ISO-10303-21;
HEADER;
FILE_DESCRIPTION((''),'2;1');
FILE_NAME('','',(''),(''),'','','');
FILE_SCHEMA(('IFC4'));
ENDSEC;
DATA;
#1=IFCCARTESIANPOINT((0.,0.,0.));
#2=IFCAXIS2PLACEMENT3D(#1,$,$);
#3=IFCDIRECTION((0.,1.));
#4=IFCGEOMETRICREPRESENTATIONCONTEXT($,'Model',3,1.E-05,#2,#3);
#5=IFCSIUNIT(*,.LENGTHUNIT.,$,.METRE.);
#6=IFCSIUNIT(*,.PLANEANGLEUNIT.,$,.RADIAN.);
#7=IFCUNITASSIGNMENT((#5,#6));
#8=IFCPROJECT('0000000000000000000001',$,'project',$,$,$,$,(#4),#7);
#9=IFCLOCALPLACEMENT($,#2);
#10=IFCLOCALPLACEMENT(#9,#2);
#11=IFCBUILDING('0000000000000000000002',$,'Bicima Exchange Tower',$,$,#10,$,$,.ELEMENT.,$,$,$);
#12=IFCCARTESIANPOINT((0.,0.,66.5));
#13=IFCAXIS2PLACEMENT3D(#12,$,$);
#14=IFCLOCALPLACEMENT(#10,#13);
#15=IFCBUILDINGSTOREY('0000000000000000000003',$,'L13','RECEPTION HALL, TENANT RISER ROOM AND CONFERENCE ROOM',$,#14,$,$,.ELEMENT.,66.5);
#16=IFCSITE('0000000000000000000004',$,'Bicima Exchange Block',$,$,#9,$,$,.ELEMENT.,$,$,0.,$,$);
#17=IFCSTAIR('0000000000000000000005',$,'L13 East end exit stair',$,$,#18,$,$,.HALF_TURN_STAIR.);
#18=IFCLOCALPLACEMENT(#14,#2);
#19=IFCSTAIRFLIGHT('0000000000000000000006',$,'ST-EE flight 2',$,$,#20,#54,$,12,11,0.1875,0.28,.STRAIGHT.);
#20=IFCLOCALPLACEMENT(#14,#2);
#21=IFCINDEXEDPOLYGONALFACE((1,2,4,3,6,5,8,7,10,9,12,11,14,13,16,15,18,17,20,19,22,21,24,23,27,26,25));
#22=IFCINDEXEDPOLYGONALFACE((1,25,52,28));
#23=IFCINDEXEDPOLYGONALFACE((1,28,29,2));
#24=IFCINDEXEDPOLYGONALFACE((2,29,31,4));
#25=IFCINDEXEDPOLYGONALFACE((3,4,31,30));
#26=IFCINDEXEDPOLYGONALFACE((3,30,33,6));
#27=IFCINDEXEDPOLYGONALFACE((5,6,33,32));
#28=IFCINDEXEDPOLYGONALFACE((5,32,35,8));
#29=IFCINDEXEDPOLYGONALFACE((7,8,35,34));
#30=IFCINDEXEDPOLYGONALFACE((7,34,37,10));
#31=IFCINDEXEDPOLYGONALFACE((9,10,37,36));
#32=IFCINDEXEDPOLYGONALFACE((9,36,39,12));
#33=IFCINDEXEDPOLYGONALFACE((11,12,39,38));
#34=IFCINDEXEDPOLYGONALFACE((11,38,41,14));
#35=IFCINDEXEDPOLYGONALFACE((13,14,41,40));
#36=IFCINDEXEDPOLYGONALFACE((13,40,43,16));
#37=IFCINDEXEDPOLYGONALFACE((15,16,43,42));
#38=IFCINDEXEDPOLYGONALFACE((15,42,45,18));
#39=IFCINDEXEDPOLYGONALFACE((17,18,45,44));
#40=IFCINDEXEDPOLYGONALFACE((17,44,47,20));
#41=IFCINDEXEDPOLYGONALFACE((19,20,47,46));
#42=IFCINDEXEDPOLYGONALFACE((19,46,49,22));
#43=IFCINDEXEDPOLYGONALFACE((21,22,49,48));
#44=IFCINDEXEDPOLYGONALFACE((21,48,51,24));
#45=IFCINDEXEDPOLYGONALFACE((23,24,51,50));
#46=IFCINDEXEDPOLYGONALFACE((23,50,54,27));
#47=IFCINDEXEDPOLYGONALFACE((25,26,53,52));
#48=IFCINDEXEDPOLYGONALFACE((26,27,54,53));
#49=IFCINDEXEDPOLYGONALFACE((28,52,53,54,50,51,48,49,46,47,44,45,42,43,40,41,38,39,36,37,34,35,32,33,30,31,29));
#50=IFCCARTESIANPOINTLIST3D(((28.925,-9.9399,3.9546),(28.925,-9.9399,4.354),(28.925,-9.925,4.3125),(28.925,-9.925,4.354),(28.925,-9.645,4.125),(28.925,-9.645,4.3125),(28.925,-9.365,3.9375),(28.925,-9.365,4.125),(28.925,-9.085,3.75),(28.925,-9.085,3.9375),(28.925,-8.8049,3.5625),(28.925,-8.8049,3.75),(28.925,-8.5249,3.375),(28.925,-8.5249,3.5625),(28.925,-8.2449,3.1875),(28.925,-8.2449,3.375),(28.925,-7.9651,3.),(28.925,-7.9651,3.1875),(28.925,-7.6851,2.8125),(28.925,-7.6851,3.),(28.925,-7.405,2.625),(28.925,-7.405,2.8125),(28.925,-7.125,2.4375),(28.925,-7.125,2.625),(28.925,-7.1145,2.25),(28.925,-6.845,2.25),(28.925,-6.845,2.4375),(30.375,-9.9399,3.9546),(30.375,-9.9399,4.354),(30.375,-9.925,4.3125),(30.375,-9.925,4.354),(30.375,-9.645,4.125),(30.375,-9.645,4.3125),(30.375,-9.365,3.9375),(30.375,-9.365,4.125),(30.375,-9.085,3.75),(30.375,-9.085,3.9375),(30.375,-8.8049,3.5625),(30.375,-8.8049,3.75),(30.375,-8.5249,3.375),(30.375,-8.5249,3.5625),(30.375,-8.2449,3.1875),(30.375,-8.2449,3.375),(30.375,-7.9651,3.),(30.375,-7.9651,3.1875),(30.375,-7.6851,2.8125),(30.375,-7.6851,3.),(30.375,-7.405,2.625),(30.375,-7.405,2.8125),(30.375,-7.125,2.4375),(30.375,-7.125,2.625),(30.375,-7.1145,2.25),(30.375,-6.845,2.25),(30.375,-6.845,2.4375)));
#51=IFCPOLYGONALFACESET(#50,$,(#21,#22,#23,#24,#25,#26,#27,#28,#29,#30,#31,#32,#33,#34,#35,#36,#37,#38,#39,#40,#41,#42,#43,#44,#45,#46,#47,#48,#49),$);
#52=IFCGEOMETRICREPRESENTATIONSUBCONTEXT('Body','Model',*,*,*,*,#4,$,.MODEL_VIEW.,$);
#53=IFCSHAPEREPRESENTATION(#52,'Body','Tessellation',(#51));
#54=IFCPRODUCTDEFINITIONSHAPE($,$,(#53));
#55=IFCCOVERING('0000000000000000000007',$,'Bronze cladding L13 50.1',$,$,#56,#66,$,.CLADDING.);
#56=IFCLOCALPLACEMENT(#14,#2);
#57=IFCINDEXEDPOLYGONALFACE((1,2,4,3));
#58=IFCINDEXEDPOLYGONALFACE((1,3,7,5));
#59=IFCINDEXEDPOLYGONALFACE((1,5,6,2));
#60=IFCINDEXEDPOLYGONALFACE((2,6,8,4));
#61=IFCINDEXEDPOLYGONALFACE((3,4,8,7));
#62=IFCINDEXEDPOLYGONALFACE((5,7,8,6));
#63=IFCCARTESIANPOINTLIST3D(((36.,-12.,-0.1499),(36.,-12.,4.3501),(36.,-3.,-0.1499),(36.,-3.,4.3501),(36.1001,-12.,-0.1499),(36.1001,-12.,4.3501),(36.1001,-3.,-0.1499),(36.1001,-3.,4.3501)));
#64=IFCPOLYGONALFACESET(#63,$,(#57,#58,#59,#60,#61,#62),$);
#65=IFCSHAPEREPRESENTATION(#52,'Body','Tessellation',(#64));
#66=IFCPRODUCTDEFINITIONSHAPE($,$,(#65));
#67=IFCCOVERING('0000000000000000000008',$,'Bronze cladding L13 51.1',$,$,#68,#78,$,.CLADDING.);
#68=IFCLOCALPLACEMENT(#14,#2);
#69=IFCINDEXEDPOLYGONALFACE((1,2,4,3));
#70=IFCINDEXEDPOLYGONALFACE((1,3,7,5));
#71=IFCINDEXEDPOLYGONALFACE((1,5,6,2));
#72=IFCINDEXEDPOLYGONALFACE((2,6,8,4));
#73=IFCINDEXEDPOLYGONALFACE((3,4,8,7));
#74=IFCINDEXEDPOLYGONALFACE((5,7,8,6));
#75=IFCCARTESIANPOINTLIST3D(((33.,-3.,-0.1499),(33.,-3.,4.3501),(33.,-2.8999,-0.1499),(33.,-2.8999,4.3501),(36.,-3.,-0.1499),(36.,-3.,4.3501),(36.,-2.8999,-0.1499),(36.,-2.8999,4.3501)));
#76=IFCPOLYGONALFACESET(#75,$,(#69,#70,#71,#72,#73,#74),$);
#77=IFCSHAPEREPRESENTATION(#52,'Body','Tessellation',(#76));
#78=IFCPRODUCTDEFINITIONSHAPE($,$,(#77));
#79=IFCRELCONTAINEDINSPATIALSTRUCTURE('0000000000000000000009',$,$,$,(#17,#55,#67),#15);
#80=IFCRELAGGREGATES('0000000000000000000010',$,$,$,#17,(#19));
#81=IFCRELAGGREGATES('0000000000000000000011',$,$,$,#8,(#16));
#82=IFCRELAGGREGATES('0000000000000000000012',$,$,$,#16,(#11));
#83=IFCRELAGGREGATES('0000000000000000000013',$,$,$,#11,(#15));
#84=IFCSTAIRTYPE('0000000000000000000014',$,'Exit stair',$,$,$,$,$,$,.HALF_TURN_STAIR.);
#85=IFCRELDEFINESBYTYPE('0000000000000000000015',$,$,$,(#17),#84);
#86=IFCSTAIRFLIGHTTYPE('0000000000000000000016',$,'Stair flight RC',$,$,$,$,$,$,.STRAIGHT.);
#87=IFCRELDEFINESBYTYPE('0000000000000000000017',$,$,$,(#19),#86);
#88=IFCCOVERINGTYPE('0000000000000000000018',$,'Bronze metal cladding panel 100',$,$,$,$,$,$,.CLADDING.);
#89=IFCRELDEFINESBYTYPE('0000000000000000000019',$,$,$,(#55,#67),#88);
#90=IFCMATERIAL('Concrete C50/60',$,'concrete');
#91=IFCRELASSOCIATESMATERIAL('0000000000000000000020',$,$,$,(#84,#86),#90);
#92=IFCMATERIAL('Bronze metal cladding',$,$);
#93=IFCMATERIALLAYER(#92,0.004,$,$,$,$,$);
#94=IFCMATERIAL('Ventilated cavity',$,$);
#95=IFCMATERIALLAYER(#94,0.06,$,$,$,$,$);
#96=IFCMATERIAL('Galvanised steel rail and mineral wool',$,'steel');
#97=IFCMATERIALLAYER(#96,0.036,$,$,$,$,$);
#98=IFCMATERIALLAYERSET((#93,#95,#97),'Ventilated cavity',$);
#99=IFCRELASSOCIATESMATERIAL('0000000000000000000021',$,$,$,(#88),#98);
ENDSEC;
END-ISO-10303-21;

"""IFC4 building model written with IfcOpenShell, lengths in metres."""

from ifc_helpers import new_model, si_unit, direction, frame, origin, origin_2d, place, context, subcontext, project, spatial, polyline, rectangle, outline, extrude, material, layer, layer_set, type_object, element, aggregate, save


model = new_model("IFC4")

# Units and contexts
model_context = context("Model", 3, precision=1e-05, world=origin(), true_north=direction((0.0, 1.0)))
body_context = subcontext(model_context, "Body", "Model", "MODEL_VIEW")
ifc_project = project(units=[si_unit("LENGTHUNIT", "METRE"), si_unit("PLANEANGLEUNIT", "RADIAN")], contexts=[model_context])

# Site, building, storey
site_placement = place(None, origin())
site = spatial("IfcSite", under=ifc_project, at=site_placement, Name="Bicima Exchange Block", CompositionType="ELEMENT", RefElevation=0.0)
building_placement = place(site_placement, origin())
building = spatial("IfcBuilding", under=site, at=building_placement, Name="Bicima Exchange Tower", CompositionType="ELEMENT")
storey_placement = place(building_placement, frame((0.0, 0.0, 66.5)))
storey = spatial("IfcBuildingStorey", under=building, at=storey_placement, Name="L13", Description="RECEPTION HALL, TENANT RISER ROOM AND CONFERENCE ROOM", CompositionType="ELEMENT", Elevation=66.5)

# Shared definitions
ifc_material_1 = material(Name="Concrete C50/60", Category="concrete")

# Stair, stair flight
stair_type = type_object("IfcStairType", Name="Exit stair", PredefinedType="HALF_TURN_STAIR", material=ifc_material_1)
stair_placement = place(storey_placement, origin())
stair = element("IfcStair", 1, at=stair_placement, inside=storey, type_object=stair_type, Name="L13 East end exit stair", PredefinedType="HALF_TURN_STAIR")
stair_flight_type = type_object("IfcStairFlightType", Name="Stair flight RC", PredefinedType="STRAIGHT", material=ifc_material_1)
stair_flight_1_placement = place(storey_placement, frame((29.6499, -6.845, 2.25), z_axis=(0.0, 0.0, 1.0), x_axis=(0.0, -1.0, 0.0)))
stair_flight_1 = element("IfcStairFlight", 2, at=stair_flight_1_placement, type_object=stair_flight_type, Name="ST-EE flight 2", NumberOfRisers=12, NumberOfTreads=11, PredefinedType="STRAIGHT", RiserHeight=0.1875, TreadLength=0.28, context=body_context, shape_type="SweptSolid", body=[
    extrude(outline(polyline([(0.0, 0.0), (0.0, 0.1875), (0.28, 0.1875), (0.28, 0.375), (0.5601, 0.375), (0.5601, 0.5625), (0.8401, 0.5625), (0.8401, 0.75), (1.1201, 0.75), (1.1201, 0.9375), (1.3999, 0.9375), (1.3999, 1.125), (1.6799, 1.125), (1.6799, 1.3125), (1.96, 1.3125), (1.96, 1.5), (2.24, 1.5), (2.24, 1.6875), (2.52, 1.6875), (2.52, 1.875), (2.8, 1.875), (2.8, 2.0625), (3.0801, 2.0625), (3.0801, 2.104), (3.095, 2.104), (3.095, 1.7046), (0.2695, 0.0), (0.0, 0.0)])), frame((0.0, 0.7251, 0.0), z_axis=(0.0, -1.0, 0.0), x_axis=(1.0, 0.0, 0.0)), (0.0, 0.0, 1.0), 1.45),
])
aggregate(stair, [stair_flight_1])

# Coverings
ifc_material_2 = material(Name="Bronze metal cladding")
ifc_layer_1 = layer(ifc_material_2, 0.004)
ifc_material_3 = material(Name="Ventilated cavity")
ifc_layer_2 = layer(ifc_material_3, 0.06)
ifc_material_4 = material(Name="Galvanised steel rail and mineral wool", Category="steel")
ifc_layer_3 = layer(ifc_material_4, 0.036)
ifc_layer_set_1 = layer_set([ifc_layer_1, ifc_layer_2, ifc_layer_3], Name="Ventilated cavity")
covering_type = type_object("IfcCoveringType", Name="Bronze metal cladding panel 100", PredefinedType="CLADDING", material=ifc_layer_set_1)
covering_1_placement = place(storey_placement, frame((36.05, -7.5, -0.1499), z_axis=(0.0, 0.0, 1.0), x_axis=(0.0, 1.0, 0.0)))
element("IfcCovering", 3, at=covering_1_placement, inside=storey, type_object=covering_type, Name="Bronze cladding L13 50.1", PredefinedType="CLADDING", context=body_context, shape_type="SweptSolid", body=[
    extrude(rectangle(XDim=9.0, YDim=0.1001, at=origin_2d()), origin(), (0.0, 0.0, 1.0), 4.5),
])
covering_2_placement = place(storey_placement, frame((34.5, -2.95, -0.1499), z_axis=(0.0, 0.0, 1.0), x_axis=(-1.0, 0.0, 0.0)))
element("IfcCovering", 4, at=covering_2_placement, inside=storey, type_object=covering_type, Name="Bronze cladding L13 51.1", PredefinedType="CLADDING", context=body_context, shape_type="SweptSolid", body=[
    extrude(rectangle(XDim=3.0, YDim=0.1001, at=origin_2d()), origin(), (0.0, 0.0, 1.0), 4.5),
])

save(model, "model.ifc")
